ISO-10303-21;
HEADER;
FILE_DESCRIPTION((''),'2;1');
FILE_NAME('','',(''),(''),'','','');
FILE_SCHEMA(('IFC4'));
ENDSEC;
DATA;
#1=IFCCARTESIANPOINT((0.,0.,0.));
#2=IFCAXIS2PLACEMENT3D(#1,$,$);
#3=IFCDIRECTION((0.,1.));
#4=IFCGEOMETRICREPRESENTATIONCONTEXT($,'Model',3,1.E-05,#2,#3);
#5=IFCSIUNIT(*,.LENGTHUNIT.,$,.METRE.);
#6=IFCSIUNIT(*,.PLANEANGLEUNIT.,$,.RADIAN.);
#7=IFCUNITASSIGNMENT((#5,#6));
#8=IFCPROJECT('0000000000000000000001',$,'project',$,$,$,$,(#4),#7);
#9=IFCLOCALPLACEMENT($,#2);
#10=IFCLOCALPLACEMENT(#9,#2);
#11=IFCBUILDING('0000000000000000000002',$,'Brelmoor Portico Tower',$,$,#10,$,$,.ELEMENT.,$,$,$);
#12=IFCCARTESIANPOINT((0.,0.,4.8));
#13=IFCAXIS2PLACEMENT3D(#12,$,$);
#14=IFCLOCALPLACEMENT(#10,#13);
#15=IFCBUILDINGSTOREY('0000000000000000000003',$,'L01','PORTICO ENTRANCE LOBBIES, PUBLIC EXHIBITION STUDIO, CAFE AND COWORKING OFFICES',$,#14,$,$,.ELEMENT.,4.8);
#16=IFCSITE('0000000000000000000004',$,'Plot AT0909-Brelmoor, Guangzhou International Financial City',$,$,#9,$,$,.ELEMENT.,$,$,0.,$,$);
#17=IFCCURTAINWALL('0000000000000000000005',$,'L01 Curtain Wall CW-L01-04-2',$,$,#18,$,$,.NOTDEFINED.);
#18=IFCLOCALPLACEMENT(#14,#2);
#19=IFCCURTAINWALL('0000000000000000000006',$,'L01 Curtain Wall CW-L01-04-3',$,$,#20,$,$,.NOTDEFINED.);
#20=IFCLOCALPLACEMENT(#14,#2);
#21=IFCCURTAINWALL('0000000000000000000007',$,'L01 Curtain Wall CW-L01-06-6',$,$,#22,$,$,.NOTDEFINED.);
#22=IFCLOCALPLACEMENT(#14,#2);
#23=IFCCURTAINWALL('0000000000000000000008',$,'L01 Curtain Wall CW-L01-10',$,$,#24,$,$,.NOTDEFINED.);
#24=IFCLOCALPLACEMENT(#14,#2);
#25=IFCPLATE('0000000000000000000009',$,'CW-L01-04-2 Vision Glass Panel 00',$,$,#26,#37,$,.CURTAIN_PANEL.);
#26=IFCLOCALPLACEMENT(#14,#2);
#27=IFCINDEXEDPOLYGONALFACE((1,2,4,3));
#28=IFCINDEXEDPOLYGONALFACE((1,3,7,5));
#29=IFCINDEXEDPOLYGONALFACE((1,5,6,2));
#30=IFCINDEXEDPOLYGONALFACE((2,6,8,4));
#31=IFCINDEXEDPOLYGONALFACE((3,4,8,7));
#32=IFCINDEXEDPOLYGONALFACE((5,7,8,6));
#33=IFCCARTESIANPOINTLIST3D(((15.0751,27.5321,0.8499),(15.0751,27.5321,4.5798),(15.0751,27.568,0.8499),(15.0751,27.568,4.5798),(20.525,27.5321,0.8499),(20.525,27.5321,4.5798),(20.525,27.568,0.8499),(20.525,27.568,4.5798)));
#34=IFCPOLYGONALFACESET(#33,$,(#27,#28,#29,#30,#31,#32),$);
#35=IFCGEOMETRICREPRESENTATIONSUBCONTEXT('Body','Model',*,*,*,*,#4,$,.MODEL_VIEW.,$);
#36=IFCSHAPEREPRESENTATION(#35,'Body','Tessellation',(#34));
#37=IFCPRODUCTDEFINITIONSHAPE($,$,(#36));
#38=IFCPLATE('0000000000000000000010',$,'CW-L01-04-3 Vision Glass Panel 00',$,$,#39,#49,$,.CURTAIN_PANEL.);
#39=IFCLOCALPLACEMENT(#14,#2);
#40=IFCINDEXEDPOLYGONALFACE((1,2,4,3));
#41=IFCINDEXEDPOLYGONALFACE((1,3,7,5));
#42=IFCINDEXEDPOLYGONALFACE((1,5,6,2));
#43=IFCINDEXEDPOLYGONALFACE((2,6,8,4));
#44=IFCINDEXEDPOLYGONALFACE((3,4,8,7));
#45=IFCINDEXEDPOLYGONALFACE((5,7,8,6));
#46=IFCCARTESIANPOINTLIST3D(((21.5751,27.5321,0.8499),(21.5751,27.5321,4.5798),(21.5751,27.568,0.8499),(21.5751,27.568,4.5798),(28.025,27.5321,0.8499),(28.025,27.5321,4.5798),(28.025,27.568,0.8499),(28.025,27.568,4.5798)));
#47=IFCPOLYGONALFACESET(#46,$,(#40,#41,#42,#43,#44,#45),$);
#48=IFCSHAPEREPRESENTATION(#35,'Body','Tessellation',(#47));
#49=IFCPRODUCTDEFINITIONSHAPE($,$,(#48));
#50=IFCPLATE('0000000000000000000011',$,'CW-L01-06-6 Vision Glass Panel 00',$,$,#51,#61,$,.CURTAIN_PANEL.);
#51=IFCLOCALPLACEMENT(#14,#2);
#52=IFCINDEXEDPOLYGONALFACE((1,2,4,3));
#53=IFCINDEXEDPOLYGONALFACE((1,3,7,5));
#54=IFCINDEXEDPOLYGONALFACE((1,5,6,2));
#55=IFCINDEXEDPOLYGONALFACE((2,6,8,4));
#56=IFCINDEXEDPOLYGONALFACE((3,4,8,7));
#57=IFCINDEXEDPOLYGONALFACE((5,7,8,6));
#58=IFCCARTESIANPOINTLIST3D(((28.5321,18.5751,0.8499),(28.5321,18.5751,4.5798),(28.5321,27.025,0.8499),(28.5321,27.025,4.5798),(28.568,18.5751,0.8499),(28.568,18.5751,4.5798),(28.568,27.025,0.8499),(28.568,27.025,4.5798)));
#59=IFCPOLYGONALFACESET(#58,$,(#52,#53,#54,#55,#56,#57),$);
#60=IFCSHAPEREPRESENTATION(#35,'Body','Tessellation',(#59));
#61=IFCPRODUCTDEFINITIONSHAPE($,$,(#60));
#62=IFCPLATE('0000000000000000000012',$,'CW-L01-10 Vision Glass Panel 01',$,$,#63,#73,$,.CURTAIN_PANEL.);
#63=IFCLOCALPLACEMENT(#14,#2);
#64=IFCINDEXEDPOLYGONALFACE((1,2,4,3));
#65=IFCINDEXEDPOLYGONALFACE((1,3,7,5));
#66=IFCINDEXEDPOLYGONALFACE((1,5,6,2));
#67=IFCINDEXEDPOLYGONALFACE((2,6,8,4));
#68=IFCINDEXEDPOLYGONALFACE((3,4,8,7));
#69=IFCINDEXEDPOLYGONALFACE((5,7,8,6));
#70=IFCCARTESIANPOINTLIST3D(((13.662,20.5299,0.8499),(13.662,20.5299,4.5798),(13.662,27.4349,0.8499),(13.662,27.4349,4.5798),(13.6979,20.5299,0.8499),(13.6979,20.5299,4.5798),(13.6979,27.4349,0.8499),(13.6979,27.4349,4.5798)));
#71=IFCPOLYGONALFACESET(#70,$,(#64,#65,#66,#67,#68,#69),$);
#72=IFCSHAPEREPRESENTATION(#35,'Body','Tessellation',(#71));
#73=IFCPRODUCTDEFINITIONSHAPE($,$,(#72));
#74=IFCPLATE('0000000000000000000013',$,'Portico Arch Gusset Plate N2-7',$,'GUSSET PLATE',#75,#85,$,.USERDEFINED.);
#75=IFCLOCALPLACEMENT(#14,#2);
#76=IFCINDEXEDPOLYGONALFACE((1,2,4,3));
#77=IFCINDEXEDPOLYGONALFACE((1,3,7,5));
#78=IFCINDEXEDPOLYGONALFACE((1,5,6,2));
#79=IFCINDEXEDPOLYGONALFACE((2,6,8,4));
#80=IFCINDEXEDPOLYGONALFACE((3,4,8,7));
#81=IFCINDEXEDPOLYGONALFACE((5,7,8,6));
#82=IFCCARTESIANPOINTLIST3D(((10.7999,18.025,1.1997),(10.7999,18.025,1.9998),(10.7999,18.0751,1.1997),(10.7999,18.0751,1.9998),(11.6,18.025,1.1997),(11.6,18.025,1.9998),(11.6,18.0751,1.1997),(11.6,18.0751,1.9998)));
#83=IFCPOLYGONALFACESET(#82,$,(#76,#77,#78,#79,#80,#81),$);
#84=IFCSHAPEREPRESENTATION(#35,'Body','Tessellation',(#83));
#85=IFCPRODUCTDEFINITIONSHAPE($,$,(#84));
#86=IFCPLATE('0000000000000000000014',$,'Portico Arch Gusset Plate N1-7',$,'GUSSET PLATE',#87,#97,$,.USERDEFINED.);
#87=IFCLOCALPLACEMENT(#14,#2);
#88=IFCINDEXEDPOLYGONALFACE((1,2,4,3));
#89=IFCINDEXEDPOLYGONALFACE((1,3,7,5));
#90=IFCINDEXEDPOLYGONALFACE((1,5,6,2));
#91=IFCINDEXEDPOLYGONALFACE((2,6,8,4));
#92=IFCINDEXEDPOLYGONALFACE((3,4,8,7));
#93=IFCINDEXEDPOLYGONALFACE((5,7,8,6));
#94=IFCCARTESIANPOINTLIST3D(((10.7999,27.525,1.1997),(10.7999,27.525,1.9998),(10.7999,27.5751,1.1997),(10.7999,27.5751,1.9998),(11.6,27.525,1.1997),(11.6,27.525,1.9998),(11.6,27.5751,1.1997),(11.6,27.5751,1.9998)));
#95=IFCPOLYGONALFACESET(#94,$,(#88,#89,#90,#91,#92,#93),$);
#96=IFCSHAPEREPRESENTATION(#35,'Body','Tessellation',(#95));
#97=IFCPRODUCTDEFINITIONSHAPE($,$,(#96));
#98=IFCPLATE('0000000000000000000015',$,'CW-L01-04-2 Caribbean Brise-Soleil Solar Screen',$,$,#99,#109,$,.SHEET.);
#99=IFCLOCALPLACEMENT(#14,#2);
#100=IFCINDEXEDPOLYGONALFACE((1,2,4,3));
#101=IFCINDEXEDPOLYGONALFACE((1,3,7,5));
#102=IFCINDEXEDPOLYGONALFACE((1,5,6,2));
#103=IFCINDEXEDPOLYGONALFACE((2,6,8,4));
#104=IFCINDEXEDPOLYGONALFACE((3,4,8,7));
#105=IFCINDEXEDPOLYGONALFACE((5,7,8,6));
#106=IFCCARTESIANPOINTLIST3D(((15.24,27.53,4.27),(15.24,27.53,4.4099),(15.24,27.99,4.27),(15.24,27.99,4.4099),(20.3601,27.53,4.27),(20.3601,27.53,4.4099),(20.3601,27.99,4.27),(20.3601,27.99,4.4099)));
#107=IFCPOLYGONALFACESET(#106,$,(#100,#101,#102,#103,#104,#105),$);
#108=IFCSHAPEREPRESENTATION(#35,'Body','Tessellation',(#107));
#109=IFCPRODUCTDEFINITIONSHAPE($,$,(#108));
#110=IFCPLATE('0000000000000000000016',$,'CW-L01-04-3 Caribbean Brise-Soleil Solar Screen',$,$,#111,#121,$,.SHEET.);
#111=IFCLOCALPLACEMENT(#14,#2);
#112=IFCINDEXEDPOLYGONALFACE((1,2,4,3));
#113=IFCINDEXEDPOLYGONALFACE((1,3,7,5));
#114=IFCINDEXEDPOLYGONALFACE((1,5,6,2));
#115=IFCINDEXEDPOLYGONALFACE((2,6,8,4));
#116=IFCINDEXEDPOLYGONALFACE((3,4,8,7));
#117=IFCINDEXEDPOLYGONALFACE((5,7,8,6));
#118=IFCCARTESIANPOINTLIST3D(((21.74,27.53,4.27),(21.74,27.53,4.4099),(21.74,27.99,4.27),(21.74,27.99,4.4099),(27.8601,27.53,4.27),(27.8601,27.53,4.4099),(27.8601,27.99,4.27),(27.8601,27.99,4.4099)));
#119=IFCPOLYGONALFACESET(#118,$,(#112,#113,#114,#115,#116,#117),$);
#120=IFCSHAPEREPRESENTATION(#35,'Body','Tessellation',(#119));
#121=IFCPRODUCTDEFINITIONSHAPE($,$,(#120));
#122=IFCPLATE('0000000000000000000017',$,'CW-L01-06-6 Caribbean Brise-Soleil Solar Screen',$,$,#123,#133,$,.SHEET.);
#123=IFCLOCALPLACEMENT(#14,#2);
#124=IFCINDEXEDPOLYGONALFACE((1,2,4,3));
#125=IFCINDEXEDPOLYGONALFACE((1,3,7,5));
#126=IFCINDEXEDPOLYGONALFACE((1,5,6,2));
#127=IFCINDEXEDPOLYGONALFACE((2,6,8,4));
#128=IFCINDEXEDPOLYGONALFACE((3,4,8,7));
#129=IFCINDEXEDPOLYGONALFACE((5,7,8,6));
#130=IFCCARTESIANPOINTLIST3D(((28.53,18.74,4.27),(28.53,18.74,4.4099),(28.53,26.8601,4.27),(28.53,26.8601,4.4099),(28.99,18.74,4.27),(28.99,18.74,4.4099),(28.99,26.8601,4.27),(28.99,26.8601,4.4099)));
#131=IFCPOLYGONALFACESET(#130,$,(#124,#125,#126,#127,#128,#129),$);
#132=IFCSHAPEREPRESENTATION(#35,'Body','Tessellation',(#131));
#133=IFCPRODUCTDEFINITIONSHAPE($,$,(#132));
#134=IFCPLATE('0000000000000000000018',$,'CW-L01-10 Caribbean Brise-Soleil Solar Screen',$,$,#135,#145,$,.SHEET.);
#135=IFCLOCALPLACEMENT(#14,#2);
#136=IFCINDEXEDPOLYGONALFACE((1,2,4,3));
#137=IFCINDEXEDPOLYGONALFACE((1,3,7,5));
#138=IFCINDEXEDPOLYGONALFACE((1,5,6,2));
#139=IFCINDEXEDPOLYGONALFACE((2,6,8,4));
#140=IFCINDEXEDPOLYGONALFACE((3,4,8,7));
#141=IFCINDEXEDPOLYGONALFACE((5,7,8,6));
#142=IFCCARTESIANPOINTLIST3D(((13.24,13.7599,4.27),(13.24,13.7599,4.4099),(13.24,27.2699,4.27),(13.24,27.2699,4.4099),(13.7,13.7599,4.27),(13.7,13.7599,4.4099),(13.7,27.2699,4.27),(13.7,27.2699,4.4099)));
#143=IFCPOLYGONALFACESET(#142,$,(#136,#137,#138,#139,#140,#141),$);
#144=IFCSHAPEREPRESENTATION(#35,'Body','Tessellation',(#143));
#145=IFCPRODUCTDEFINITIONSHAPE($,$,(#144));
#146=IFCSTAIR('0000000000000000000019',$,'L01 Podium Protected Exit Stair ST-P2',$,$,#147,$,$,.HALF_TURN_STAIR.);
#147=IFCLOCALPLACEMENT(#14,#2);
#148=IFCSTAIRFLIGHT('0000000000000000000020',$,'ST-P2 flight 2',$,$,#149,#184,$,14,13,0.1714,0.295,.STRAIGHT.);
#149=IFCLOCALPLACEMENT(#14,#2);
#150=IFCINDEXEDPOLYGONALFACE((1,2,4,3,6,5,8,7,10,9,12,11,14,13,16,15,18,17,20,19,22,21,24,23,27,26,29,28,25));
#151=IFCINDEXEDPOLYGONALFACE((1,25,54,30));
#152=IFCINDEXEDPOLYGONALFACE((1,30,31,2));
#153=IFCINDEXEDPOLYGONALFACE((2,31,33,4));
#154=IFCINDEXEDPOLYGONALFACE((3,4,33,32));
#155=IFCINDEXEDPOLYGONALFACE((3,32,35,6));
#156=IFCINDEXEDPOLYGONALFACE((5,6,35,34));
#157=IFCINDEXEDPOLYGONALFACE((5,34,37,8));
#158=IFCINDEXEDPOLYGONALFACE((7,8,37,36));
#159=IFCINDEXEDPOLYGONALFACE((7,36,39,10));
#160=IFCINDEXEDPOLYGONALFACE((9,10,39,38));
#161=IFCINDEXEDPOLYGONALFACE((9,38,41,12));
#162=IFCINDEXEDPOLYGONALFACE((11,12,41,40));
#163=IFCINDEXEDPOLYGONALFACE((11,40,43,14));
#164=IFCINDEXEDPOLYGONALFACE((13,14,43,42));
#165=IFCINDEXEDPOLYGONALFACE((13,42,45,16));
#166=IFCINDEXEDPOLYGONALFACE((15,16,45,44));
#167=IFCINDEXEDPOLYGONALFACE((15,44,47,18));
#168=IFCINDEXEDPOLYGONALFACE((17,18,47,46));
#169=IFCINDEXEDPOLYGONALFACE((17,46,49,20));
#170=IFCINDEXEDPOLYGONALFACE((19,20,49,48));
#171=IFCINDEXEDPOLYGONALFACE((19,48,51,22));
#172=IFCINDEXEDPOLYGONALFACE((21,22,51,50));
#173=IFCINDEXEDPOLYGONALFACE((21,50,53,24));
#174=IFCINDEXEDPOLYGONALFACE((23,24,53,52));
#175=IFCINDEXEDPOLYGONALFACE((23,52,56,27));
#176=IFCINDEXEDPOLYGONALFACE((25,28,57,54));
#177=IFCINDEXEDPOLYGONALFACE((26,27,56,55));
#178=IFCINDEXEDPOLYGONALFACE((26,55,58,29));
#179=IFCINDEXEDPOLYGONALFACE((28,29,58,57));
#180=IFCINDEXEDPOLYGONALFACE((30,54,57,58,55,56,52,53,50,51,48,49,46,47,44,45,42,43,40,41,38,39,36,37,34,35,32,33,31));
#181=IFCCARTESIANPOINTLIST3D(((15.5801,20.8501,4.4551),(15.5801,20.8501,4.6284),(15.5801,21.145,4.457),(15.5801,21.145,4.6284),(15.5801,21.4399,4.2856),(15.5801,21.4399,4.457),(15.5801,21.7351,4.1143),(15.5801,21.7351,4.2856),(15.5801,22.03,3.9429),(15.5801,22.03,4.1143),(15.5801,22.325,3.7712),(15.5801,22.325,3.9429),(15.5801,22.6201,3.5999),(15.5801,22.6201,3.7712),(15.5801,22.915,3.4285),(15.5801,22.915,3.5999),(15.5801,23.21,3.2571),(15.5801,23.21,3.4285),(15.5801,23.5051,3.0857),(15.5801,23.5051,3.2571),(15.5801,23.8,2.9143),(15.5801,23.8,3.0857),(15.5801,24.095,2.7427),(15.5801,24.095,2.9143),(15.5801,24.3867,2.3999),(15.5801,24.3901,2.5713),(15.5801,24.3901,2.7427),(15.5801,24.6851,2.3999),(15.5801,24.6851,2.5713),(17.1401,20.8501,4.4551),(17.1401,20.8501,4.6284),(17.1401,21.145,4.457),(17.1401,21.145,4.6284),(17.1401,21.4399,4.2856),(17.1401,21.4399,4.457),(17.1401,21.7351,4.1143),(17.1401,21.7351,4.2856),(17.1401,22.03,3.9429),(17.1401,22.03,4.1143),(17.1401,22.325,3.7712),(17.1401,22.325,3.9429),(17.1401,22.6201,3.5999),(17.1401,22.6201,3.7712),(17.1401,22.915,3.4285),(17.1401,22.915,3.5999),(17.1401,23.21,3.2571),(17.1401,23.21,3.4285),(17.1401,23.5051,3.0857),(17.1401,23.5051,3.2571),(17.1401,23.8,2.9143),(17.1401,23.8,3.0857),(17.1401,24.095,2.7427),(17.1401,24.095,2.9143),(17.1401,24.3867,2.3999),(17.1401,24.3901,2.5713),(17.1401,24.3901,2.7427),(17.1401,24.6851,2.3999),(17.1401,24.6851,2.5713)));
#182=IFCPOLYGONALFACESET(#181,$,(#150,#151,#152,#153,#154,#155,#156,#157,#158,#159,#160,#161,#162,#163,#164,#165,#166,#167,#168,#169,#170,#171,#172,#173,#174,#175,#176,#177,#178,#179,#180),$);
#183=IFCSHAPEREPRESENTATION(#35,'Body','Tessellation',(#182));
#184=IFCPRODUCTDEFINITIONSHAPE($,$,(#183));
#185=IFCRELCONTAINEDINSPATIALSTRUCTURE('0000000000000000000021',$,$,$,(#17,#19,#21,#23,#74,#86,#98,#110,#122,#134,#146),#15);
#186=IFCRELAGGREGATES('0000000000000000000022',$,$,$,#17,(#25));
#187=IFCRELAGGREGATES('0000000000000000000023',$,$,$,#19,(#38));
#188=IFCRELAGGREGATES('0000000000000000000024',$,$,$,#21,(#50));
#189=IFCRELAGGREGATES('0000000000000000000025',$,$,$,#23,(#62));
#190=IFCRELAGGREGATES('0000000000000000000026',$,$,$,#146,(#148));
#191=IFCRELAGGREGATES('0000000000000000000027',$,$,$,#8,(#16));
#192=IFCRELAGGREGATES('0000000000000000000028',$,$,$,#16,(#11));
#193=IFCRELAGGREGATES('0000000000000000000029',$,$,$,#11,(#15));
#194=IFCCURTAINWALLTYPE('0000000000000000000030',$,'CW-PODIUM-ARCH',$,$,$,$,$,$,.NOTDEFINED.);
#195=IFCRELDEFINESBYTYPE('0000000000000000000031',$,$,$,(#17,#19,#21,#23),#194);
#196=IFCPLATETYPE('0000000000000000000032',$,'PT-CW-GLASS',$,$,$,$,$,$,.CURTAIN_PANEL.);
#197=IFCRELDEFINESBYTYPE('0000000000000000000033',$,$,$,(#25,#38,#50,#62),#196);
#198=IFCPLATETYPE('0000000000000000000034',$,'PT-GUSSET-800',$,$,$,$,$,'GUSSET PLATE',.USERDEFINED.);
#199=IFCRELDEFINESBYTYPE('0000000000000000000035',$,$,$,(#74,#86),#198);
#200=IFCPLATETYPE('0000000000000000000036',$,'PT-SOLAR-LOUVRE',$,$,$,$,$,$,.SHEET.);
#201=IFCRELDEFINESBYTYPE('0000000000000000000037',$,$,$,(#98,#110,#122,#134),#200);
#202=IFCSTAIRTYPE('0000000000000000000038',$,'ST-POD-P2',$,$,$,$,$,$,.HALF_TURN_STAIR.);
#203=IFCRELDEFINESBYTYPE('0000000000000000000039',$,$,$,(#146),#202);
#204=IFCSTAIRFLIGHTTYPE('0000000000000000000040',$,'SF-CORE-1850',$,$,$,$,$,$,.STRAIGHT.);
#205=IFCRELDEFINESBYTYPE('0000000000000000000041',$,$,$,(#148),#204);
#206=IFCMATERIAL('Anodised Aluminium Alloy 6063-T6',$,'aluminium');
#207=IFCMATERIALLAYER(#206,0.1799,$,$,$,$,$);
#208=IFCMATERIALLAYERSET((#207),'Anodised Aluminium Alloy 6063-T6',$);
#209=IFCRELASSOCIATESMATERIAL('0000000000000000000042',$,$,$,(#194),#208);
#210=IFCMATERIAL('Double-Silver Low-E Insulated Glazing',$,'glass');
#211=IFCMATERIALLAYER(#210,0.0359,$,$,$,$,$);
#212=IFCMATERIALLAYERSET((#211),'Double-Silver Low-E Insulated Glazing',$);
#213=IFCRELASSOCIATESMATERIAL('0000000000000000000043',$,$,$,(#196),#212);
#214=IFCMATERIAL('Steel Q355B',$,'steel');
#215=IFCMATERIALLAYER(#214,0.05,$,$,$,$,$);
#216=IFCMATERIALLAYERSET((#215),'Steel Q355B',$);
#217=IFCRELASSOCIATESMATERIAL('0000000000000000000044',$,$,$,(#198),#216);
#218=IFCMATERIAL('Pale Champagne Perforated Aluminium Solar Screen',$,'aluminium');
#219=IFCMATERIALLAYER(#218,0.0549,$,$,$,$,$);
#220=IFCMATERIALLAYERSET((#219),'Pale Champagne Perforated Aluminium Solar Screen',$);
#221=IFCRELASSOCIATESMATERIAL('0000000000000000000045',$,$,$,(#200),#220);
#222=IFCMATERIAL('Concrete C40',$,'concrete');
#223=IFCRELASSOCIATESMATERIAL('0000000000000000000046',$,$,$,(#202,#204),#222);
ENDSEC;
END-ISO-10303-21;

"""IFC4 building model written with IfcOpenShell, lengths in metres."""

from ifc_helpers import new_model, si_unit, direction, frame, origin, origin_2d, place, context, subcontext, project, spatial, polyline, rectangle, outline, extrude, material, layer, layer_set, type_object, element, aggregate, save


model = new_model("IFC4")

# Units and contexts
model_context = context("Model", 3, precision=1e-05, world=origin(), true_north=direction((0.0, 1.0)))
body_context = subcontext(model_context, "Body", "Model", "MODEL_VIEW")
ifc_project = project(units=[si_unit("LENGTHUNIT", "METRE"), si_unit("PLANEANGLEUNIT", "RADIAN")], contexts=[model_context])

# Site, building, storey
site_placement = place(None, origin())
site = spatial("IfcSite", under=ifc_project, at=site_placement, Name="Plot AT0909-Brelmoor, Guangzhou International Financial City", CompositionType="ELEMENT", RefElevation=0.0)
building_placement = place(site_placement, origin())
building = spatial("IfcBuilding", under=site, at=building_placement, Name="Brelmoor Portico Tower", CompositionType="ELEMENT")
storey_placement = place(building_placement, frame((0.0, 0.0, 4.8)))
storey = spatial("IfcBuildingStorey", under=building, at=storey_placement, Name="L01", Description="PORTICO ENTRANCE LOBBIES, PUBLIC EXHIBITION STUDIO, CAFE AND COWORKING OFFICES", CompositionType="ELEMENT", Elevation=4.8)

# Shared definitions
ifc_material_1 = material(Name="Steel Q355B", Category="steel")

# Curtain walls
ifc_material_2 = material(Name="Anodised Aluminium Alloy 6063-T6", Category="aluminium")
ifc_layer_1 = layer(ifc_material_2, 0.1799)
ifc_layer_set_1 = layer_set([ifc_layer_1], Name="Anodised Aluminium Alloy 6063-T6")
curtain_wall_type = type_object("IfcCurtainWallType", Name="CW-PODIUM-ARCH", PredefinedType="NOTDEFINED", material=ifc_layer_set_1)
curtain_wall_1_placement = place(storey_placement, origin())
curtain_wall_1 = element("IfcCurtainWall", 1, at=curtain_wall_1_placement, inside=storey, type_object=curtain_wall_type, Name="L01 Curtain Wall CW-L01-04-2", PredefinedType="NOTDEFINED")
curtain_wall_2_placement = place(storey_placement, origin())
curtain_wall_2 = element("IfcCurtainWall", 2, at=curtain_wall_2_placement, inside=storey, type_object=curtain_wall_type, Name="L01 Curtain Wall CW-L01-04-3", PredefinedType="NOTDEFINED")
curtain_wall_3_placement = place(storey_placement, origin())
curtain_wall_3 = element("IfcCurtainWall", 3, at=curtain_wall_3_placement, inside=storey, type_object=curtain_wall_type, Name="L01 Curtain Wall CW-L01-06-6", PredefinedType="NOTDEFINED")
curtain_wall_4_placement = place(storey_placement, origin())
curtain_wall_4 = element("IfcCurtainWall", 4, at=curtain_wall_4_placement, inside=storey, type_object=curtain_wall_type, Name="L01 Curtain Wall CW-L01-10", PredefinedType="NOTDEFINED")

# Plates
ifc_material_3 = material(Name="Double-Silver Low-E Insulated Glazing", Category="glass")
ifc_layer_2 = layer(ifc_material_3, 0.0359)
ifc_layer_set_2 = layer_set([ifc_layer_2], Name="Double-Silver Low-E Insulated Glazing")
plate_type_1 = type_object("IfcPlateType", Name="PT-CW-GLASS", PredefinedType="CURTAIN_PANEL", material=ifc_layer_set_2)
plate_1_placement = place(storey_placement, frame((17.8, 27.55, 0.8499), z_axis=(0.0, 0.0, 1.0), x_axis=(1.0, 0.0, 0.0)))
plate_1 = element("IfcPlate", 5, at=plate_1_placement, type_object=plate_type_1, Name="CW-L01-04-2 Vision Glass Panel 00", PredefinedType="CURTAIN_PANEL", context=body_context, shape_type="SweptSolid", body=[
    extrude(rectangle(XDim=5.45, YDim=0.0359, at=origin_2d()), origin(), (0.0, 0.0, 1.0), 3.73),
])
aggregate(curtain_wall_1, [plate_1])
plate_2_placement = place(storey_placement, frame((24.8, 27.55, 0.8499), z_axis=(0.0, 0.0, 1.0), x_axis=(1.0, 0.0, 0.0)))
plate_2 = element("IfcPlate", 6, at=plate_2_placement, type_object=plate_type_1, Name="CW-L01-04-3 Vision Glass Panel 00", PredefinedType="CURTAIN_PANEL", context=body_context, shape_type="SweptSolid", body=[
    extrude(rectangle(XDim=6.45, YDim=0.0359, at=origin_2d()), origin(), (0.0, 0.0, 1.0), 3.73),
])
aggregate(curtain_wall_2, [plate_2])
plate_3_placement = place(storey_placement, frame((28.55, 22.8, 0.8499), z_axis=(0.0, 0.0, 1.0), x_axis=(0.0, 1.0, 0.0)))
plate_3 = element("IfcPlate", 7, at=plate_3_placement, type_object=plate_type_1, Name="CW-L01-06-6 Vision Glass Panel 00", PredefinedType="CURTAIN_PANEL", context=body_context, shape_type="SweptSolid", body=[
    extrude(rectangle(XDim=8.45, YDim=0.0359, at=origin_2d()), origin(), (0.0, 0.0, 1.0), 3.73),
])
aggregate(curtain_wall_3, [plate_3])
plate_4_placement = place(storey_placement, frame((13.6799, 23.9824, 0.8499), z_axis=(0.0, 0.0, 1.0), x_axis=(0.0, 1.0, 0.0)))
plate_4 = element("IfcPlate", 8, at=plate_4_placement, type_object=plate_type_1, Name="CW-L01-10 Vision Glass Panel 01", PredefinedType="CURTAIN_PANEL", context=body_context, shape_type="SweptSolid", body=[
    extrude(rectangle(XDim=6.905, YDim=0.0359, at=origin_2d()), origin(), (0.0, 0.0, 1.0), 3.73),
])
aggregate(curtain_wall_4, [plate_4])

# Plates
ifc_layer_3 = layer(ifc_material_1, 0.05)
ifc_layer_set_3 = layer_set([ifc_layer_3], Name="Steel Q355B")
plate_type_2 = type_object("IfcPlateType", Name="PT-GUSSET-800", ElementType="GUSSET PLATE", PredefinedType="USERDEFINED", material=ifc_layer_set_3)
for number, where, z_axis, x_axis, name in (
    (9, (11.2, 18.05, 1.1997), (0.0, 0.0, 1.0), (1.0, 0.0, 0.0), "Portico Arch Gusset Plate N2-7"),
    (10, (11.2, 27.55, 1.1997), (0.0, 0.0, 1.0), (1.0, 0.0, 0.0), "Portico Arch Gusset Plate N1-7"),
):
    element("IfcPlate", number, at=place(storey_placement, frame(where, z_axis=z_axis, x_axis=x_axis)), inside=storey, type_object=plate_type_2, Name=name, ObjectType="GUSSET PLATE", PredefinedType="USERDEFINED", context=body_context, shape_type="SweptSolid", body=[
        extrude(rectangle(XDim=0.8, YDim=0.05, at=origin_2d()), origin(), (0.0, 0.0, 1.0), 0.8),
    ])
ifc_material_4 = material(Name="Pale Champagne Perforated Aluminium Solar Screen", Category="aluminium")
ifc_layer_4 = layer(ifc_material_4, 0.0549)
ifc_layer_set_4 = layer_set([ifc_layer_4], Name="Pale Champagne Perforated Aluminium Solar Screen")
plate_type_3 = type_object("IfcPlateType", Name="PT-SOLAR-LOUVRE", PredefinedType="SHEET", material=ifc_layer_set_4)
plate_5_placement = place(storey_placement, frame((17.8, 27.76, 4.27), z_axis=(0.0, 0.0, 1.0), x_axis=(1.0, 0.0, 0.0)))
element("IfcPlate", 11, at=plate_5_placement, inside=storey, type_object=plate_type_3, Name="CW-L01-04-2 Caribbean Brise-Soleil Solar Screen", PredefinedType="SHEET", context=body_context, shape_type="SweptSolid", body=[
    extrude(rectangle(XDim=5.1201, YDim=0.46, at=origin_2d()), origin(), (0.0, 0.0, 1.0), 0.1399),
])
plate_6_placement = place(storey_placement, frame((24.8, 27.76, 4.27), z_axis=(0.0, 0.0, 1.0), x_axis=(1.0, 0.0, 0.0)))
element("IfcPlate", 12, at=plate_6_placement, inside=storey, type_object=plate_type_3, Name="CW-L01-04-3 Caribbean Brise-Soleil Solar Screen", PredefinedType="SHEET", context=body_context, shape_type="SweptSolid", body=[
    extrude(rectangle(XDim=6.1201, YDim=0.46, at=origin_2d()), origin(), (0.0, 0.0, 1.0), 0.1399),
])
plate_7_placement = place(storey_placement, frame((28.76, 22.8, 4.27), z_axis=(0.0, 0.0, 1.0), x_axis=(0.0, 1.0, 0.0)))
element("IfcPlate", 13, at=plate_7_placement, inside=storey, type_object=plate_type_3, Name="CW-L01-06-6 Caribbean Brise-Soleil Solar Screen", PredefinedType="SHEET", context=body_context, shape_type="SweptSolid", body=[
    extrude(rectangle(XDim=8.1201, YDim=0.46, at=origin_2d()), origin(), (0.0, 0.0, 1.0), 0.1399),
])
plate_8_placement = place(storey_placement, frame((13.47, 20.5149, 4.27), z_axis=(0.0, 0.0, 1.0), x_axis=(0.0, 1.0, 0.0)))
element("IfcPlate", 14, at=plate_8_placement, inside=storey, type_object=plate_type_3, Name="CW-L01-10 Caribbean Brise-Soleil Solar Screen", PredefinedType="SHEET", context=body_context, shape_type="SweptSolid", body=[
    extrude(rectangle(XDim=13.51, YDim=0.46, at=origin_2d()), origin(), (0.0, 0.0, 1.0), 0.1399),
])

# Stair, stair flight
ifc_material_5 = material(Name="Concrete C40", Category="concrete")
stair_type = type_object("IfcStairType", Name="ST-POD-P2", PredefinedType="HALF_TURN_STAIR", material=ifc_material_5)
stair_placement = place(storey_placement, origin())
stair = element("IfcStair", 15, at=stair_placement, inside=storey, type_object=stair_type, Name="L01 Podium Protected Exit Stair ST-P2", PredefinedType="HALF_TURN_STAIR")
stair_flight_type = type_object("IfcStairFlightType", Name="SF-CORE-1850", PredefinedType="STRAIGHT", material=ifc_material_5)
stair_flight_placement = place(storey_placement, frame((16.3601, 24.6851, 2.3999), z_axis=(0.0, 0.0, 1.0), x_axis=(0.0, -1.0, 0.0)))
stair_flight = element("IfcStairFlight", 16, at=stair_flight_placement, type_object=stair_flight_type, Name="ST-P2 flight 2", NumberOfRisers=14, NumberOfTreads=13, PredefinedType="STRAIGHT", RiserHeight=0.1714, TreadLength=0.295, context=body_context, shape_type="SweptSolid", body=[
    extrude(outline(polyline([(0.0, 0.0), (0.0, 0.1714), (0.2949, 0.1714), (0.2949, 0.3428), (0.5901, 0.3428), (0.5901, 0.5144), (0.885, 0.5144), (0.885, 0.6858), (1.1799, 0.6858), (1.1799, 0.8572), (1.4751, 0.8572), (1.4751, 1.0286), (1.77, 1.0286), (1.77, 1.2), (2.0649, 1.2), (2.0649, 1.3713), (2.3601, 1.3713), (2.3601, 1.543), (2.655, 1.543), (2.655, 1.7144), (2.95, 1.7144), (2.95, 1.8857), (3.2451, 1.8857), (3.2451, 2.0571), (3.54, 2.0571), (3.54, 2.2285), (3.835, 2.2285), (3.835, 2.3999), (3.835, 2.0552), (0.2983, 0.0), (0.0, 0.0)])), frame((0.0, 0.78, 0.0), z_axis=(0.0, -1.0, 0.0), x_axis=(1.0, 0.0, 0.0)), (0.0, 0.0, 1.0), 1.5601),
])
aggregate(stair, [stair_flight])

save(model, "model.ifc")
